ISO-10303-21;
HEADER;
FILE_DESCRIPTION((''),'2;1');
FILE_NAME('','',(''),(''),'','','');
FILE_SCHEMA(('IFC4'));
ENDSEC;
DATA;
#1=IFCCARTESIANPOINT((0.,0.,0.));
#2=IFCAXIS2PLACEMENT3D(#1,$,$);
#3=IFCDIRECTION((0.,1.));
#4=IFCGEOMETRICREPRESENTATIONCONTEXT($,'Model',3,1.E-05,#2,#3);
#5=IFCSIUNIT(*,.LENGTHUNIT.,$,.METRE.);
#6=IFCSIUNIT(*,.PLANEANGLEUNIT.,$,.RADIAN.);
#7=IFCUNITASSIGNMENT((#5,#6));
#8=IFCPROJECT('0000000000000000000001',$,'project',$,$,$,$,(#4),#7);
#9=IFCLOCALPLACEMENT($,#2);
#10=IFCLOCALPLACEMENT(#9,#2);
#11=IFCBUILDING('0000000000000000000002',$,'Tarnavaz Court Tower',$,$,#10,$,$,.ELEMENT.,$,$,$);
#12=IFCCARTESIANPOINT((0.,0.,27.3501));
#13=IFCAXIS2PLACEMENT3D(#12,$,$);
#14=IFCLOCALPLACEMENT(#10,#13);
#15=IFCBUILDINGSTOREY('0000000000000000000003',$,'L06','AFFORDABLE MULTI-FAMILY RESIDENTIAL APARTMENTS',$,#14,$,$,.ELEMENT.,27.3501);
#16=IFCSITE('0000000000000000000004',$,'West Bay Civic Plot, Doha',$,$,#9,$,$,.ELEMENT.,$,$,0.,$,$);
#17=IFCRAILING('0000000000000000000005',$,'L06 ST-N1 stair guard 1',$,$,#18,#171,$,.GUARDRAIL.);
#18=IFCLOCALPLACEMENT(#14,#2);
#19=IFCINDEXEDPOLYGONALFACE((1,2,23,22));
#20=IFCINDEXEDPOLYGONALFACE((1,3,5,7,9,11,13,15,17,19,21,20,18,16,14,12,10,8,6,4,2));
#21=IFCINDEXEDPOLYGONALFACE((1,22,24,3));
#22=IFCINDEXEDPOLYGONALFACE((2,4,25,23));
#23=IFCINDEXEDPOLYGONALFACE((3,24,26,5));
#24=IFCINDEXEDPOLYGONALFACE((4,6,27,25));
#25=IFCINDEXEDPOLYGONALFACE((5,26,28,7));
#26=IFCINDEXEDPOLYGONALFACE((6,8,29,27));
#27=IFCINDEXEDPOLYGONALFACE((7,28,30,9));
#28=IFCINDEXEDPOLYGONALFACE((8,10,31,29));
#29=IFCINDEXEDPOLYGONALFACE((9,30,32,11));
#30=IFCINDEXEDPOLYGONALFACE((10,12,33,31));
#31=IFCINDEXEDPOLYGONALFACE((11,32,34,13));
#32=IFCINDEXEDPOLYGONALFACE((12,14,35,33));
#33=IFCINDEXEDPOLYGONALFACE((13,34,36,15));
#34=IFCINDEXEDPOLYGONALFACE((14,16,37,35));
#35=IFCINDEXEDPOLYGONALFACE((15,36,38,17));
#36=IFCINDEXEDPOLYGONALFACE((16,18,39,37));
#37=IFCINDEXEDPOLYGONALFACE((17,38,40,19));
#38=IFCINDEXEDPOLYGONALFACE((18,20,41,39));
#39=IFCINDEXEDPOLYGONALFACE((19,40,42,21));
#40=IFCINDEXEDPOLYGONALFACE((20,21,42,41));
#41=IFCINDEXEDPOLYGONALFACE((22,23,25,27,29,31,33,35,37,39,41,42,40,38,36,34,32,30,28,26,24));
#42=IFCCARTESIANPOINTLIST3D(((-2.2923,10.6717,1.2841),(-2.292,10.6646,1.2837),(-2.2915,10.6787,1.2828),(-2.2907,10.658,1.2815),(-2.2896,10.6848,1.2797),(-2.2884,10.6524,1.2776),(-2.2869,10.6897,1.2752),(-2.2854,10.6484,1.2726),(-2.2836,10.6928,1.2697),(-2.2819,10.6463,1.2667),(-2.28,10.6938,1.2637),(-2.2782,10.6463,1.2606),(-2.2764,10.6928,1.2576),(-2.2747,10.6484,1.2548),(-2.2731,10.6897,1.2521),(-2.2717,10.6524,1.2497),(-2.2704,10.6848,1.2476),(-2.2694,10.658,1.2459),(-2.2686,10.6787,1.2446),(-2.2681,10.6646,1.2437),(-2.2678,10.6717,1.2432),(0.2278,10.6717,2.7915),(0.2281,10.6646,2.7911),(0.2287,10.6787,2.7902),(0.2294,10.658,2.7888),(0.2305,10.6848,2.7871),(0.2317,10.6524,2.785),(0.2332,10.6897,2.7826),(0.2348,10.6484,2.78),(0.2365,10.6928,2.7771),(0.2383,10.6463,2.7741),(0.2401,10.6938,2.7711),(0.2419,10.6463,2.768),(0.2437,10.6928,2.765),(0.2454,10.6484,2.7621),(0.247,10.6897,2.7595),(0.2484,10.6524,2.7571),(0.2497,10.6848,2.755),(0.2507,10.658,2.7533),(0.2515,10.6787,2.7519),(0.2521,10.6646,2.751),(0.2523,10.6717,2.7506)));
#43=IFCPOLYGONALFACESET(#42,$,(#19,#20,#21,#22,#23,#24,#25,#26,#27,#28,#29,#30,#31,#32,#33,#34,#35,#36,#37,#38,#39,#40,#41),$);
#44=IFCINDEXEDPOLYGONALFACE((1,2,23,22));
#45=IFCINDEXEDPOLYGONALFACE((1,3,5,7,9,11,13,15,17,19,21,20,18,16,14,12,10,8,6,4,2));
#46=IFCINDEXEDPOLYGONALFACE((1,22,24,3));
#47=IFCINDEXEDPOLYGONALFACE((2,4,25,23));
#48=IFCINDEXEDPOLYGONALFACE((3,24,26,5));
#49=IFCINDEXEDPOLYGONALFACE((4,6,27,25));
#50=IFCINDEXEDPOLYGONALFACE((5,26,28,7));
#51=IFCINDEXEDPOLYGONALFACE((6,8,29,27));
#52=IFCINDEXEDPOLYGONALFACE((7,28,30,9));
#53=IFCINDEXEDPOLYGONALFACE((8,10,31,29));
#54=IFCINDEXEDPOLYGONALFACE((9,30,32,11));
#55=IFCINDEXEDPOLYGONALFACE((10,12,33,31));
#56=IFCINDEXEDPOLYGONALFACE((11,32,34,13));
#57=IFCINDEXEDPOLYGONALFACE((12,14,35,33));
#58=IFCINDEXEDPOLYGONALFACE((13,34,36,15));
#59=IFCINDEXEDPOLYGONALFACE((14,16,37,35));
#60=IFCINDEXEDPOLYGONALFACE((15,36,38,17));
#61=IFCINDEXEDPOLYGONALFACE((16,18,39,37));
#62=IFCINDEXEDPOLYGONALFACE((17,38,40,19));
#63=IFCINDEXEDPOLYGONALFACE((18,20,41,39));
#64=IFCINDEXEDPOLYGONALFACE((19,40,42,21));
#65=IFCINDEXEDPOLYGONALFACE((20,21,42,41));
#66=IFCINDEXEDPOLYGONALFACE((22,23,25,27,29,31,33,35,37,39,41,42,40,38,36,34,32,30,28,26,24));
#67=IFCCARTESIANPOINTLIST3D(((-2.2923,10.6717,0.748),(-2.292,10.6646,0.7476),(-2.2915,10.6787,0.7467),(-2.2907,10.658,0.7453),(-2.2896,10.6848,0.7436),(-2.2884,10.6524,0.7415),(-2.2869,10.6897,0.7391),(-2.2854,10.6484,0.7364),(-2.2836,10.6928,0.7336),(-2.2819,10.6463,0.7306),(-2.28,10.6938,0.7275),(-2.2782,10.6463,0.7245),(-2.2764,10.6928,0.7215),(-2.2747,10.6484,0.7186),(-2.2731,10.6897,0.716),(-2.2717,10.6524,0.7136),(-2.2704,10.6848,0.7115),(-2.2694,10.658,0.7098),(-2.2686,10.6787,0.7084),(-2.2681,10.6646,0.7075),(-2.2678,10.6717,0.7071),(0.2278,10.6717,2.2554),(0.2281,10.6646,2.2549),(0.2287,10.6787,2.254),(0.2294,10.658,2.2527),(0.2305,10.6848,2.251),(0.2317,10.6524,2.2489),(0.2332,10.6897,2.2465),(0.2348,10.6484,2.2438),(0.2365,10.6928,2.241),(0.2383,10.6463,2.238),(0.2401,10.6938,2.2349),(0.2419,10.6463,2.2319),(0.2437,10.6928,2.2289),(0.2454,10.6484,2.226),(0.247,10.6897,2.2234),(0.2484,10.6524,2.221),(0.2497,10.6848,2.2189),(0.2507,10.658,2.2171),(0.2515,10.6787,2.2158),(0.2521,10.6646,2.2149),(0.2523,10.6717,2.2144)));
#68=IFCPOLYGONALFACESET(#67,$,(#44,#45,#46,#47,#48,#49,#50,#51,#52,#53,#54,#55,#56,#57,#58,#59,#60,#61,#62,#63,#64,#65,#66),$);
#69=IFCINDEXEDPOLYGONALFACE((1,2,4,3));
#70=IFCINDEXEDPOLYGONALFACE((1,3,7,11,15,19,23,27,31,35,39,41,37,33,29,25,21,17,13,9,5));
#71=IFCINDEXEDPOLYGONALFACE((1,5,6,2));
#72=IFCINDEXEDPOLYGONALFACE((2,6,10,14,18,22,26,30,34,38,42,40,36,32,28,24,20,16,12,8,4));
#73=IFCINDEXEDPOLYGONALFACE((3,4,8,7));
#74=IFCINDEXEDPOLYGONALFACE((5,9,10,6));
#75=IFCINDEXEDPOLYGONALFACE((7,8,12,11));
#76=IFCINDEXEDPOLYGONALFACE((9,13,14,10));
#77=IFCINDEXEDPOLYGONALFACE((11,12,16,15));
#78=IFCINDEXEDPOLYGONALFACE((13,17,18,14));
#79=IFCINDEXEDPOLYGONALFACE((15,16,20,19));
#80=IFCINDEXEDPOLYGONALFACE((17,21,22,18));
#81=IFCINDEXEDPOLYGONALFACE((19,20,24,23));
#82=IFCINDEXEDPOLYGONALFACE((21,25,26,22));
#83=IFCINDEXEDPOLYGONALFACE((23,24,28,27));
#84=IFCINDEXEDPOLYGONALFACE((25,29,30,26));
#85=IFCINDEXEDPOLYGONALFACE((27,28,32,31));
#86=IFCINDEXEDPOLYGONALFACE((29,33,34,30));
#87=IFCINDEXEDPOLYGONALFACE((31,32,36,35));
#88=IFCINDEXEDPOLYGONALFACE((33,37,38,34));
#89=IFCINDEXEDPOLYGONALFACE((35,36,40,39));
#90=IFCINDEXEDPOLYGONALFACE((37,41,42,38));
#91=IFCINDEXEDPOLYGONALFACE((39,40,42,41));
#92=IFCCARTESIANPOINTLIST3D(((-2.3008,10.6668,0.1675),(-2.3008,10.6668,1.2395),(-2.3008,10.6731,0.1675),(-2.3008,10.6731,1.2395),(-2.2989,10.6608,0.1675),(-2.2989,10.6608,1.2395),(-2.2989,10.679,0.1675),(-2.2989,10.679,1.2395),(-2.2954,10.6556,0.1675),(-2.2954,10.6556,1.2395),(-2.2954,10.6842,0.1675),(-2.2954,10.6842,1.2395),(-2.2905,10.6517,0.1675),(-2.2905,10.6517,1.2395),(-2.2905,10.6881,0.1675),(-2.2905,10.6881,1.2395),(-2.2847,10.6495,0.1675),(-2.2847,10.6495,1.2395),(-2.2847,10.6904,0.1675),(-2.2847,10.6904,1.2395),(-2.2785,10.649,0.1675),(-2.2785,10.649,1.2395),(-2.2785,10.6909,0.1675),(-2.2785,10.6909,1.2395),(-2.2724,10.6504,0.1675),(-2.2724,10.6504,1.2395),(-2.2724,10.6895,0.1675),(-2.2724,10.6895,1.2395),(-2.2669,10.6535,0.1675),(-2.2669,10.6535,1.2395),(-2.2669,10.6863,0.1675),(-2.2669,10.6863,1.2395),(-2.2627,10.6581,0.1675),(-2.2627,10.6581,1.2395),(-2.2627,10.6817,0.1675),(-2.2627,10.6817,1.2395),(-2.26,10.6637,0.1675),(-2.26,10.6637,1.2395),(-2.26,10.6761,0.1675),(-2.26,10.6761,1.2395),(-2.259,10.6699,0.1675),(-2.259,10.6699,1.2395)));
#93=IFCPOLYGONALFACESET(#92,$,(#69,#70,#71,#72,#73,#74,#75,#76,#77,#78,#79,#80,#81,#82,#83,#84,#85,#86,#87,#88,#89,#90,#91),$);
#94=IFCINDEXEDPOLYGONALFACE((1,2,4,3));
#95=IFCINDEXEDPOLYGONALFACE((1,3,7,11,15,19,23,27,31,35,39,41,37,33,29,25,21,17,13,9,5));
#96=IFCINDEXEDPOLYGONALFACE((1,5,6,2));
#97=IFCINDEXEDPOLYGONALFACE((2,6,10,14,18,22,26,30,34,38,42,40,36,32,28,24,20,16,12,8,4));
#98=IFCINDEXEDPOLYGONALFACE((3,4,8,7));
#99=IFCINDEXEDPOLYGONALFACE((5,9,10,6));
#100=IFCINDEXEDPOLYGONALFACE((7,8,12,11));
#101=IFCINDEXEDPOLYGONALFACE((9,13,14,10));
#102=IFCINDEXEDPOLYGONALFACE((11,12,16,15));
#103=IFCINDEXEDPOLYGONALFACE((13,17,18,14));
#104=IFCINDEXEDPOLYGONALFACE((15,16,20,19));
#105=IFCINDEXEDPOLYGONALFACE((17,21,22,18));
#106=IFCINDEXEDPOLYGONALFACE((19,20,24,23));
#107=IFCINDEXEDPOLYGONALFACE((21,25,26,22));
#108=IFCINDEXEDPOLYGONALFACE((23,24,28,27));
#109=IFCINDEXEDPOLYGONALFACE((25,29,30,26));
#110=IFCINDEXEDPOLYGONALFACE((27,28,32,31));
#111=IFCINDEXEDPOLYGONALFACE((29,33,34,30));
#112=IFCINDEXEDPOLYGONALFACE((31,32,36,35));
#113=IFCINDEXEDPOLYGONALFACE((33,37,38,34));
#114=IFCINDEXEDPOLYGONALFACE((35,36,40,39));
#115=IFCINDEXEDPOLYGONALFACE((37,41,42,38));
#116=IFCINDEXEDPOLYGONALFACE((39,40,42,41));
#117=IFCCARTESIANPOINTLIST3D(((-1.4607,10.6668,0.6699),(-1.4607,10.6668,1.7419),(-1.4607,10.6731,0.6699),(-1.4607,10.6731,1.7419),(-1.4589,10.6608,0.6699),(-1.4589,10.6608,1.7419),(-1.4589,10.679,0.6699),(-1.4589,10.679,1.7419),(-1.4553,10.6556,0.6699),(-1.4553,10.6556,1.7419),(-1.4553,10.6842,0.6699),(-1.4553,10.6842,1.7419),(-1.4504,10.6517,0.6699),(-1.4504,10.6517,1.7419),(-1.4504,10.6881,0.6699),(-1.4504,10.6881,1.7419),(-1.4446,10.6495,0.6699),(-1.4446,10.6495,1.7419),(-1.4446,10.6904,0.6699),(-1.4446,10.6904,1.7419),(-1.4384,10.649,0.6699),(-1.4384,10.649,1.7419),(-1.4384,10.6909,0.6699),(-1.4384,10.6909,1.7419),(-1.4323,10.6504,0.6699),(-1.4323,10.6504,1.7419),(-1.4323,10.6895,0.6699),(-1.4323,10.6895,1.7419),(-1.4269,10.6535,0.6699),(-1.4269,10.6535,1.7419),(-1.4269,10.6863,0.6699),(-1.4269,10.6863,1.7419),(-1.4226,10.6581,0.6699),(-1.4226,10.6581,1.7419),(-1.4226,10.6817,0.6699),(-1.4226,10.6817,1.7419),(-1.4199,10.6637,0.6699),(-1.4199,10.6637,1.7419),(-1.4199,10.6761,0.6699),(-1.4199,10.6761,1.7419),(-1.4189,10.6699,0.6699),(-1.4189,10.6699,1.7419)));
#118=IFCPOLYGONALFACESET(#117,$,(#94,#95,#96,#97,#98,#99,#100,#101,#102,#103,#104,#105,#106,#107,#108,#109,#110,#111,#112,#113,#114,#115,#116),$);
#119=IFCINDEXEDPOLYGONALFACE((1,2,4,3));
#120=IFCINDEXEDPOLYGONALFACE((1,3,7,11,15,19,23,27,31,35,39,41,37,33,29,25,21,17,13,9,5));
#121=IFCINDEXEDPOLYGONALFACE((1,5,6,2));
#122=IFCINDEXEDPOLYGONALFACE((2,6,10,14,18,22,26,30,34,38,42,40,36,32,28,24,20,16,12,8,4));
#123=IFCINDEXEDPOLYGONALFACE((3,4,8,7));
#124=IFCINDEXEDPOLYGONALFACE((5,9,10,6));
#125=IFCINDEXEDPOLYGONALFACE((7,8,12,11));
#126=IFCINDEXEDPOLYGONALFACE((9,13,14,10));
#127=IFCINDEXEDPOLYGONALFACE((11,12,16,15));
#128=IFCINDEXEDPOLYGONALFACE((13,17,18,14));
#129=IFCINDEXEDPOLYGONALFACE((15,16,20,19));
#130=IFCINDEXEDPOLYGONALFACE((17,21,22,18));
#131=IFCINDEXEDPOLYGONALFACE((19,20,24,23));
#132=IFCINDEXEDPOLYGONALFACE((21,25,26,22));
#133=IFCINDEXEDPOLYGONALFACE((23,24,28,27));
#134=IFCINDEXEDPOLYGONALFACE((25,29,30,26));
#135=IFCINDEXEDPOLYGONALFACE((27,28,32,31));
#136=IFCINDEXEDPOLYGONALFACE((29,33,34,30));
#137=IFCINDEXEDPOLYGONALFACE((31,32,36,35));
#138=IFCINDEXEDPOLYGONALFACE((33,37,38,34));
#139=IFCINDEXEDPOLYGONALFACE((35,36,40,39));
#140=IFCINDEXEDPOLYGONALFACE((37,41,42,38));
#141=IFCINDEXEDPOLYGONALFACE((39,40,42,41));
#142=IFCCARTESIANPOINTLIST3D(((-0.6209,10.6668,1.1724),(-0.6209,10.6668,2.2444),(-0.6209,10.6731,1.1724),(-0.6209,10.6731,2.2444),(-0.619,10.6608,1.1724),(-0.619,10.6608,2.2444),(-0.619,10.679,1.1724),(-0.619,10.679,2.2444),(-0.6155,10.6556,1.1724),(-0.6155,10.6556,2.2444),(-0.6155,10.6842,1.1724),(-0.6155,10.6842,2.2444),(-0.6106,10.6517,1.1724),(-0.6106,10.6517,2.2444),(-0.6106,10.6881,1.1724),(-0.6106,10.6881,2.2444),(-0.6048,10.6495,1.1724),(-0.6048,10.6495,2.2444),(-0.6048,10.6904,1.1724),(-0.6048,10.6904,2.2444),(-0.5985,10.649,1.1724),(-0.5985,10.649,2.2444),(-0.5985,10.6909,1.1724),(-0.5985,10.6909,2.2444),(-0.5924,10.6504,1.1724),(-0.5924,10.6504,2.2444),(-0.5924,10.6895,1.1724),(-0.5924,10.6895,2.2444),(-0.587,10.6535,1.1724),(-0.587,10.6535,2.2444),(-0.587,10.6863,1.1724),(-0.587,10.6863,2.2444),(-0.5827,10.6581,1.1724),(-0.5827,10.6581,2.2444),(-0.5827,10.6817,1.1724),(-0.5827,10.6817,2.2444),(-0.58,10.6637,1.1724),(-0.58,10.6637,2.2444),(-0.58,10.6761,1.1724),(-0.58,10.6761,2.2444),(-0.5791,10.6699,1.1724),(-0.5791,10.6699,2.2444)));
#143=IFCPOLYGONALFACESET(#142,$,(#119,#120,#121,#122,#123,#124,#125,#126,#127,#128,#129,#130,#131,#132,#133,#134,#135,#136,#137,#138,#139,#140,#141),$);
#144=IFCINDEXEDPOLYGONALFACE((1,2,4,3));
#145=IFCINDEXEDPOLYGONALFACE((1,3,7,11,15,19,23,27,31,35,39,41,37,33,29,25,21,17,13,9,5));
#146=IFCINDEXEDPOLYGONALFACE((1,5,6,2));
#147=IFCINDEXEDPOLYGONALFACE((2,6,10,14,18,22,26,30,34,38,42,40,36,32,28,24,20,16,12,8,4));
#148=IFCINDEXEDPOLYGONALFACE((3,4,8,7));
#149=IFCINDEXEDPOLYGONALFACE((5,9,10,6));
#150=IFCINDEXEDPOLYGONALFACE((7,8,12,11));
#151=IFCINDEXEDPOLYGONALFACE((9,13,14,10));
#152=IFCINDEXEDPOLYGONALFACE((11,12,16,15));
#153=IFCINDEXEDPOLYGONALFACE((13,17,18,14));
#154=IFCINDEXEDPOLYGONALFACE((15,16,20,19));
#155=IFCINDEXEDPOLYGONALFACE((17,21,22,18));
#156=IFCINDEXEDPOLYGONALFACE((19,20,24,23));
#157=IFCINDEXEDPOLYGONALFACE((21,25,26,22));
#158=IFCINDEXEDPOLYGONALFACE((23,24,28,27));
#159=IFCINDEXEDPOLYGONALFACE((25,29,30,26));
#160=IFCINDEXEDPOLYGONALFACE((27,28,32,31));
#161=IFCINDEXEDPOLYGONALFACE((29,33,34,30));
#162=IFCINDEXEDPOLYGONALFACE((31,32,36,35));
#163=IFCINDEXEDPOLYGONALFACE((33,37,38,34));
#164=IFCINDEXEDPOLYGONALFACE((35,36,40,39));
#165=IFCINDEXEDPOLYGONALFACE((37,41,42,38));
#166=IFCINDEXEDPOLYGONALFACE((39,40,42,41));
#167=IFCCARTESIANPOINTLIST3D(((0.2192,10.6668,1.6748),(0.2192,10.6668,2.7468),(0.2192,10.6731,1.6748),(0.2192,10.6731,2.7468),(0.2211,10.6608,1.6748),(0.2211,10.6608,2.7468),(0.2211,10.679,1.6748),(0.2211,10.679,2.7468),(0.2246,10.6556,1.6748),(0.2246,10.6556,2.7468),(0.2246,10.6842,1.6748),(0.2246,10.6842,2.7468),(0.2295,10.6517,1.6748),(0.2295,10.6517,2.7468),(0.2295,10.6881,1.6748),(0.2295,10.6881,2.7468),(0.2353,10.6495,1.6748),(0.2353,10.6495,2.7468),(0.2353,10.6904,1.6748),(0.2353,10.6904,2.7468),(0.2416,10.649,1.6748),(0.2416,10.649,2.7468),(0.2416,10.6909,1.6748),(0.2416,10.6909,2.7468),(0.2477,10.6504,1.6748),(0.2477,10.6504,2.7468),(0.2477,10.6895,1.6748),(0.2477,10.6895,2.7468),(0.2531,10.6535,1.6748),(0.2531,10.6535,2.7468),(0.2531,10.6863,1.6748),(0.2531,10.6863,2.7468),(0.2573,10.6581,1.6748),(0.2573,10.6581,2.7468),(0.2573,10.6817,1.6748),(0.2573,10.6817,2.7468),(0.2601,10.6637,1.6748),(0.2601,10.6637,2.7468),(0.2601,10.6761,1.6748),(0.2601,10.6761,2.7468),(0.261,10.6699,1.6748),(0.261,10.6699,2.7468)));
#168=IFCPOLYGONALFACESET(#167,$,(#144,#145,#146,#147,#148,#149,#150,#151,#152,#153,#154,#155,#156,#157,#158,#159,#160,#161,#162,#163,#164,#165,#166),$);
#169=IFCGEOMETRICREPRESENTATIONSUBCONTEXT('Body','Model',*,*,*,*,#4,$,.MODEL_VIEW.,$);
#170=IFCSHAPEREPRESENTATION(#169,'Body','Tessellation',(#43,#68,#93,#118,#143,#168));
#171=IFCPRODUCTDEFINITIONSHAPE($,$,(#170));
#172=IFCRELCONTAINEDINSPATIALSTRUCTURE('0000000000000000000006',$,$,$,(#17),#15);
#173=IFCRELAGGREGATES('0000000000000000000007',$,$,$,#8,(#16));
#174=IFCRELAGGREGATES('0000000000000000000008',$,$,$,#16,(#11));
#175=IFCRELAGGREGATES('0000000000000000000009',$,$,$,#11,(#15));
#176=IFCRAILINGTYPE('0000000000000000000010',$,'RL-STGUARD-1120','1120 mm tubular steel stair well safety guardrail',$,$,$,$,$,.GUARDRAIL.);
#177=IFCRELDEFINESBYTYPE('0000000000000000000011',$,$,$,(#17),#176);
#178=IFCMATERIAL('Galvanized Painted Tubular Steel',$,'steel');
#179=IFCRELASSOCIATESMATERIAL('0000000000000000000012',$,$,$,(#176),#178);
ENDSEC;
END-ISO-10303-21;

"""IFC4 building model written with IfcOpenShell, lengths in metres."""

from ifc_helpers import new_model, si_unit, direction, frame, origin, origin_2d, place, context, subcontext, project, spatial, circle, extrude, material, type_object, element, save


model = new_model("IFC4")

# Units and contexts
model_context = context("Model", 3, precision=1e-05, world=origin(), true_north=direction((0.0, 1.0)))
body_context = subcontext(model_context, "Body", "Model", "MODEL_VIEW")
ifc_project = project(units=[si_unit("LENGTHUNIT", "METRE"), si_unit("PLANEANGLEUNIT", "RADIAN")], contexts=[model_context])

# Site, building, storey
site_placement = place(None, origin())
site = spatial("IfcSite", under=ifc_project, at=site_placement, Name="West Bay Civic Plot, Doha", CompositionType="ELEMENT", RefElevation=0.0)
building_placement = place(site_placement, origin())
building = spatial("IfcBuilding", under=site, at=building_placement, Name="Tarnavaz Court Tower", CompositionType="ELEMENT")
storey_placement = place(building_placement, frame((0.0, 0.0, 27.3501)))
storey = spatial("IfcBuildingStorey", under=building, at=storey_placement, Name="L06", Description="AFFORDABLE MULTI-FAMILY RESIDENTIAL APARTMENTS", CompositionType="ELEMENT", Elevation=27.3501)

# Railing
ifc_material_1 = material(Name="Galvanized Painted Tubular Steel", Category="steel")
railing_type_1 = type_object("IfcRailingType", Name="RL-STGUARD-1120", Description="1120 mm tubular steel stair well safety guardrail", PredefinedType="GUARDRAIL", material=ifc_material_1)
railing_1_placement = place(storey_placement, frame((-2.28, 10.6699, 0.1675)))
element("IfcRailing", 1, at=railing_1_placement, inside=storey, type_object=railing_type_1, Name="L06 ST-N1 stair guard 1", PredefinedType="GUARDRAIL", context=body_context, shape_type="SweptSolid", body=[
    extrude(circle(Radius=0.0239, at=origin_2d()), frame((0.0, 0.0, 1.0962), z_axis=(0.858196, 0.0, 0.513321), x_axis=(0.0, 1.0, 0.0)), (0.0, 0.0, 1.0), 2.9365),
    extrude(circle(Radius=0.0239, at=origin_2d()), frame((0.0, 0.0, 0.5601), z_axis=(0.858196, 0.0, 0.513321), x_axis=(0.0, 1.0, 0.0)), (0.0, 0.0, 1.0), 2.9365),
    extrude(circle(Radius=0.021, at=origin_2d()), origin(), (0.0, 0.0, 1.0), 1.072),
    extrude(circle(Radius=0.021, at=origin_2d()), frame((0.8401, 0.0, 0.5024)), (0.0, 0.0, 1.0), 1.072),
    extrude(circle(Radius=0.021, at=origin_2d()), frame((1.6799, 0.0, 1.0049)), (0.0, 0.0, 1.0), 1.072),
    extrude(circle(Radius=0.021, at=origin_2d()), frame((2.52, 0.0, 1.5073)), (0.0, 0.0, 1.0), 1.072),
])

save(model, "model.ifc")
